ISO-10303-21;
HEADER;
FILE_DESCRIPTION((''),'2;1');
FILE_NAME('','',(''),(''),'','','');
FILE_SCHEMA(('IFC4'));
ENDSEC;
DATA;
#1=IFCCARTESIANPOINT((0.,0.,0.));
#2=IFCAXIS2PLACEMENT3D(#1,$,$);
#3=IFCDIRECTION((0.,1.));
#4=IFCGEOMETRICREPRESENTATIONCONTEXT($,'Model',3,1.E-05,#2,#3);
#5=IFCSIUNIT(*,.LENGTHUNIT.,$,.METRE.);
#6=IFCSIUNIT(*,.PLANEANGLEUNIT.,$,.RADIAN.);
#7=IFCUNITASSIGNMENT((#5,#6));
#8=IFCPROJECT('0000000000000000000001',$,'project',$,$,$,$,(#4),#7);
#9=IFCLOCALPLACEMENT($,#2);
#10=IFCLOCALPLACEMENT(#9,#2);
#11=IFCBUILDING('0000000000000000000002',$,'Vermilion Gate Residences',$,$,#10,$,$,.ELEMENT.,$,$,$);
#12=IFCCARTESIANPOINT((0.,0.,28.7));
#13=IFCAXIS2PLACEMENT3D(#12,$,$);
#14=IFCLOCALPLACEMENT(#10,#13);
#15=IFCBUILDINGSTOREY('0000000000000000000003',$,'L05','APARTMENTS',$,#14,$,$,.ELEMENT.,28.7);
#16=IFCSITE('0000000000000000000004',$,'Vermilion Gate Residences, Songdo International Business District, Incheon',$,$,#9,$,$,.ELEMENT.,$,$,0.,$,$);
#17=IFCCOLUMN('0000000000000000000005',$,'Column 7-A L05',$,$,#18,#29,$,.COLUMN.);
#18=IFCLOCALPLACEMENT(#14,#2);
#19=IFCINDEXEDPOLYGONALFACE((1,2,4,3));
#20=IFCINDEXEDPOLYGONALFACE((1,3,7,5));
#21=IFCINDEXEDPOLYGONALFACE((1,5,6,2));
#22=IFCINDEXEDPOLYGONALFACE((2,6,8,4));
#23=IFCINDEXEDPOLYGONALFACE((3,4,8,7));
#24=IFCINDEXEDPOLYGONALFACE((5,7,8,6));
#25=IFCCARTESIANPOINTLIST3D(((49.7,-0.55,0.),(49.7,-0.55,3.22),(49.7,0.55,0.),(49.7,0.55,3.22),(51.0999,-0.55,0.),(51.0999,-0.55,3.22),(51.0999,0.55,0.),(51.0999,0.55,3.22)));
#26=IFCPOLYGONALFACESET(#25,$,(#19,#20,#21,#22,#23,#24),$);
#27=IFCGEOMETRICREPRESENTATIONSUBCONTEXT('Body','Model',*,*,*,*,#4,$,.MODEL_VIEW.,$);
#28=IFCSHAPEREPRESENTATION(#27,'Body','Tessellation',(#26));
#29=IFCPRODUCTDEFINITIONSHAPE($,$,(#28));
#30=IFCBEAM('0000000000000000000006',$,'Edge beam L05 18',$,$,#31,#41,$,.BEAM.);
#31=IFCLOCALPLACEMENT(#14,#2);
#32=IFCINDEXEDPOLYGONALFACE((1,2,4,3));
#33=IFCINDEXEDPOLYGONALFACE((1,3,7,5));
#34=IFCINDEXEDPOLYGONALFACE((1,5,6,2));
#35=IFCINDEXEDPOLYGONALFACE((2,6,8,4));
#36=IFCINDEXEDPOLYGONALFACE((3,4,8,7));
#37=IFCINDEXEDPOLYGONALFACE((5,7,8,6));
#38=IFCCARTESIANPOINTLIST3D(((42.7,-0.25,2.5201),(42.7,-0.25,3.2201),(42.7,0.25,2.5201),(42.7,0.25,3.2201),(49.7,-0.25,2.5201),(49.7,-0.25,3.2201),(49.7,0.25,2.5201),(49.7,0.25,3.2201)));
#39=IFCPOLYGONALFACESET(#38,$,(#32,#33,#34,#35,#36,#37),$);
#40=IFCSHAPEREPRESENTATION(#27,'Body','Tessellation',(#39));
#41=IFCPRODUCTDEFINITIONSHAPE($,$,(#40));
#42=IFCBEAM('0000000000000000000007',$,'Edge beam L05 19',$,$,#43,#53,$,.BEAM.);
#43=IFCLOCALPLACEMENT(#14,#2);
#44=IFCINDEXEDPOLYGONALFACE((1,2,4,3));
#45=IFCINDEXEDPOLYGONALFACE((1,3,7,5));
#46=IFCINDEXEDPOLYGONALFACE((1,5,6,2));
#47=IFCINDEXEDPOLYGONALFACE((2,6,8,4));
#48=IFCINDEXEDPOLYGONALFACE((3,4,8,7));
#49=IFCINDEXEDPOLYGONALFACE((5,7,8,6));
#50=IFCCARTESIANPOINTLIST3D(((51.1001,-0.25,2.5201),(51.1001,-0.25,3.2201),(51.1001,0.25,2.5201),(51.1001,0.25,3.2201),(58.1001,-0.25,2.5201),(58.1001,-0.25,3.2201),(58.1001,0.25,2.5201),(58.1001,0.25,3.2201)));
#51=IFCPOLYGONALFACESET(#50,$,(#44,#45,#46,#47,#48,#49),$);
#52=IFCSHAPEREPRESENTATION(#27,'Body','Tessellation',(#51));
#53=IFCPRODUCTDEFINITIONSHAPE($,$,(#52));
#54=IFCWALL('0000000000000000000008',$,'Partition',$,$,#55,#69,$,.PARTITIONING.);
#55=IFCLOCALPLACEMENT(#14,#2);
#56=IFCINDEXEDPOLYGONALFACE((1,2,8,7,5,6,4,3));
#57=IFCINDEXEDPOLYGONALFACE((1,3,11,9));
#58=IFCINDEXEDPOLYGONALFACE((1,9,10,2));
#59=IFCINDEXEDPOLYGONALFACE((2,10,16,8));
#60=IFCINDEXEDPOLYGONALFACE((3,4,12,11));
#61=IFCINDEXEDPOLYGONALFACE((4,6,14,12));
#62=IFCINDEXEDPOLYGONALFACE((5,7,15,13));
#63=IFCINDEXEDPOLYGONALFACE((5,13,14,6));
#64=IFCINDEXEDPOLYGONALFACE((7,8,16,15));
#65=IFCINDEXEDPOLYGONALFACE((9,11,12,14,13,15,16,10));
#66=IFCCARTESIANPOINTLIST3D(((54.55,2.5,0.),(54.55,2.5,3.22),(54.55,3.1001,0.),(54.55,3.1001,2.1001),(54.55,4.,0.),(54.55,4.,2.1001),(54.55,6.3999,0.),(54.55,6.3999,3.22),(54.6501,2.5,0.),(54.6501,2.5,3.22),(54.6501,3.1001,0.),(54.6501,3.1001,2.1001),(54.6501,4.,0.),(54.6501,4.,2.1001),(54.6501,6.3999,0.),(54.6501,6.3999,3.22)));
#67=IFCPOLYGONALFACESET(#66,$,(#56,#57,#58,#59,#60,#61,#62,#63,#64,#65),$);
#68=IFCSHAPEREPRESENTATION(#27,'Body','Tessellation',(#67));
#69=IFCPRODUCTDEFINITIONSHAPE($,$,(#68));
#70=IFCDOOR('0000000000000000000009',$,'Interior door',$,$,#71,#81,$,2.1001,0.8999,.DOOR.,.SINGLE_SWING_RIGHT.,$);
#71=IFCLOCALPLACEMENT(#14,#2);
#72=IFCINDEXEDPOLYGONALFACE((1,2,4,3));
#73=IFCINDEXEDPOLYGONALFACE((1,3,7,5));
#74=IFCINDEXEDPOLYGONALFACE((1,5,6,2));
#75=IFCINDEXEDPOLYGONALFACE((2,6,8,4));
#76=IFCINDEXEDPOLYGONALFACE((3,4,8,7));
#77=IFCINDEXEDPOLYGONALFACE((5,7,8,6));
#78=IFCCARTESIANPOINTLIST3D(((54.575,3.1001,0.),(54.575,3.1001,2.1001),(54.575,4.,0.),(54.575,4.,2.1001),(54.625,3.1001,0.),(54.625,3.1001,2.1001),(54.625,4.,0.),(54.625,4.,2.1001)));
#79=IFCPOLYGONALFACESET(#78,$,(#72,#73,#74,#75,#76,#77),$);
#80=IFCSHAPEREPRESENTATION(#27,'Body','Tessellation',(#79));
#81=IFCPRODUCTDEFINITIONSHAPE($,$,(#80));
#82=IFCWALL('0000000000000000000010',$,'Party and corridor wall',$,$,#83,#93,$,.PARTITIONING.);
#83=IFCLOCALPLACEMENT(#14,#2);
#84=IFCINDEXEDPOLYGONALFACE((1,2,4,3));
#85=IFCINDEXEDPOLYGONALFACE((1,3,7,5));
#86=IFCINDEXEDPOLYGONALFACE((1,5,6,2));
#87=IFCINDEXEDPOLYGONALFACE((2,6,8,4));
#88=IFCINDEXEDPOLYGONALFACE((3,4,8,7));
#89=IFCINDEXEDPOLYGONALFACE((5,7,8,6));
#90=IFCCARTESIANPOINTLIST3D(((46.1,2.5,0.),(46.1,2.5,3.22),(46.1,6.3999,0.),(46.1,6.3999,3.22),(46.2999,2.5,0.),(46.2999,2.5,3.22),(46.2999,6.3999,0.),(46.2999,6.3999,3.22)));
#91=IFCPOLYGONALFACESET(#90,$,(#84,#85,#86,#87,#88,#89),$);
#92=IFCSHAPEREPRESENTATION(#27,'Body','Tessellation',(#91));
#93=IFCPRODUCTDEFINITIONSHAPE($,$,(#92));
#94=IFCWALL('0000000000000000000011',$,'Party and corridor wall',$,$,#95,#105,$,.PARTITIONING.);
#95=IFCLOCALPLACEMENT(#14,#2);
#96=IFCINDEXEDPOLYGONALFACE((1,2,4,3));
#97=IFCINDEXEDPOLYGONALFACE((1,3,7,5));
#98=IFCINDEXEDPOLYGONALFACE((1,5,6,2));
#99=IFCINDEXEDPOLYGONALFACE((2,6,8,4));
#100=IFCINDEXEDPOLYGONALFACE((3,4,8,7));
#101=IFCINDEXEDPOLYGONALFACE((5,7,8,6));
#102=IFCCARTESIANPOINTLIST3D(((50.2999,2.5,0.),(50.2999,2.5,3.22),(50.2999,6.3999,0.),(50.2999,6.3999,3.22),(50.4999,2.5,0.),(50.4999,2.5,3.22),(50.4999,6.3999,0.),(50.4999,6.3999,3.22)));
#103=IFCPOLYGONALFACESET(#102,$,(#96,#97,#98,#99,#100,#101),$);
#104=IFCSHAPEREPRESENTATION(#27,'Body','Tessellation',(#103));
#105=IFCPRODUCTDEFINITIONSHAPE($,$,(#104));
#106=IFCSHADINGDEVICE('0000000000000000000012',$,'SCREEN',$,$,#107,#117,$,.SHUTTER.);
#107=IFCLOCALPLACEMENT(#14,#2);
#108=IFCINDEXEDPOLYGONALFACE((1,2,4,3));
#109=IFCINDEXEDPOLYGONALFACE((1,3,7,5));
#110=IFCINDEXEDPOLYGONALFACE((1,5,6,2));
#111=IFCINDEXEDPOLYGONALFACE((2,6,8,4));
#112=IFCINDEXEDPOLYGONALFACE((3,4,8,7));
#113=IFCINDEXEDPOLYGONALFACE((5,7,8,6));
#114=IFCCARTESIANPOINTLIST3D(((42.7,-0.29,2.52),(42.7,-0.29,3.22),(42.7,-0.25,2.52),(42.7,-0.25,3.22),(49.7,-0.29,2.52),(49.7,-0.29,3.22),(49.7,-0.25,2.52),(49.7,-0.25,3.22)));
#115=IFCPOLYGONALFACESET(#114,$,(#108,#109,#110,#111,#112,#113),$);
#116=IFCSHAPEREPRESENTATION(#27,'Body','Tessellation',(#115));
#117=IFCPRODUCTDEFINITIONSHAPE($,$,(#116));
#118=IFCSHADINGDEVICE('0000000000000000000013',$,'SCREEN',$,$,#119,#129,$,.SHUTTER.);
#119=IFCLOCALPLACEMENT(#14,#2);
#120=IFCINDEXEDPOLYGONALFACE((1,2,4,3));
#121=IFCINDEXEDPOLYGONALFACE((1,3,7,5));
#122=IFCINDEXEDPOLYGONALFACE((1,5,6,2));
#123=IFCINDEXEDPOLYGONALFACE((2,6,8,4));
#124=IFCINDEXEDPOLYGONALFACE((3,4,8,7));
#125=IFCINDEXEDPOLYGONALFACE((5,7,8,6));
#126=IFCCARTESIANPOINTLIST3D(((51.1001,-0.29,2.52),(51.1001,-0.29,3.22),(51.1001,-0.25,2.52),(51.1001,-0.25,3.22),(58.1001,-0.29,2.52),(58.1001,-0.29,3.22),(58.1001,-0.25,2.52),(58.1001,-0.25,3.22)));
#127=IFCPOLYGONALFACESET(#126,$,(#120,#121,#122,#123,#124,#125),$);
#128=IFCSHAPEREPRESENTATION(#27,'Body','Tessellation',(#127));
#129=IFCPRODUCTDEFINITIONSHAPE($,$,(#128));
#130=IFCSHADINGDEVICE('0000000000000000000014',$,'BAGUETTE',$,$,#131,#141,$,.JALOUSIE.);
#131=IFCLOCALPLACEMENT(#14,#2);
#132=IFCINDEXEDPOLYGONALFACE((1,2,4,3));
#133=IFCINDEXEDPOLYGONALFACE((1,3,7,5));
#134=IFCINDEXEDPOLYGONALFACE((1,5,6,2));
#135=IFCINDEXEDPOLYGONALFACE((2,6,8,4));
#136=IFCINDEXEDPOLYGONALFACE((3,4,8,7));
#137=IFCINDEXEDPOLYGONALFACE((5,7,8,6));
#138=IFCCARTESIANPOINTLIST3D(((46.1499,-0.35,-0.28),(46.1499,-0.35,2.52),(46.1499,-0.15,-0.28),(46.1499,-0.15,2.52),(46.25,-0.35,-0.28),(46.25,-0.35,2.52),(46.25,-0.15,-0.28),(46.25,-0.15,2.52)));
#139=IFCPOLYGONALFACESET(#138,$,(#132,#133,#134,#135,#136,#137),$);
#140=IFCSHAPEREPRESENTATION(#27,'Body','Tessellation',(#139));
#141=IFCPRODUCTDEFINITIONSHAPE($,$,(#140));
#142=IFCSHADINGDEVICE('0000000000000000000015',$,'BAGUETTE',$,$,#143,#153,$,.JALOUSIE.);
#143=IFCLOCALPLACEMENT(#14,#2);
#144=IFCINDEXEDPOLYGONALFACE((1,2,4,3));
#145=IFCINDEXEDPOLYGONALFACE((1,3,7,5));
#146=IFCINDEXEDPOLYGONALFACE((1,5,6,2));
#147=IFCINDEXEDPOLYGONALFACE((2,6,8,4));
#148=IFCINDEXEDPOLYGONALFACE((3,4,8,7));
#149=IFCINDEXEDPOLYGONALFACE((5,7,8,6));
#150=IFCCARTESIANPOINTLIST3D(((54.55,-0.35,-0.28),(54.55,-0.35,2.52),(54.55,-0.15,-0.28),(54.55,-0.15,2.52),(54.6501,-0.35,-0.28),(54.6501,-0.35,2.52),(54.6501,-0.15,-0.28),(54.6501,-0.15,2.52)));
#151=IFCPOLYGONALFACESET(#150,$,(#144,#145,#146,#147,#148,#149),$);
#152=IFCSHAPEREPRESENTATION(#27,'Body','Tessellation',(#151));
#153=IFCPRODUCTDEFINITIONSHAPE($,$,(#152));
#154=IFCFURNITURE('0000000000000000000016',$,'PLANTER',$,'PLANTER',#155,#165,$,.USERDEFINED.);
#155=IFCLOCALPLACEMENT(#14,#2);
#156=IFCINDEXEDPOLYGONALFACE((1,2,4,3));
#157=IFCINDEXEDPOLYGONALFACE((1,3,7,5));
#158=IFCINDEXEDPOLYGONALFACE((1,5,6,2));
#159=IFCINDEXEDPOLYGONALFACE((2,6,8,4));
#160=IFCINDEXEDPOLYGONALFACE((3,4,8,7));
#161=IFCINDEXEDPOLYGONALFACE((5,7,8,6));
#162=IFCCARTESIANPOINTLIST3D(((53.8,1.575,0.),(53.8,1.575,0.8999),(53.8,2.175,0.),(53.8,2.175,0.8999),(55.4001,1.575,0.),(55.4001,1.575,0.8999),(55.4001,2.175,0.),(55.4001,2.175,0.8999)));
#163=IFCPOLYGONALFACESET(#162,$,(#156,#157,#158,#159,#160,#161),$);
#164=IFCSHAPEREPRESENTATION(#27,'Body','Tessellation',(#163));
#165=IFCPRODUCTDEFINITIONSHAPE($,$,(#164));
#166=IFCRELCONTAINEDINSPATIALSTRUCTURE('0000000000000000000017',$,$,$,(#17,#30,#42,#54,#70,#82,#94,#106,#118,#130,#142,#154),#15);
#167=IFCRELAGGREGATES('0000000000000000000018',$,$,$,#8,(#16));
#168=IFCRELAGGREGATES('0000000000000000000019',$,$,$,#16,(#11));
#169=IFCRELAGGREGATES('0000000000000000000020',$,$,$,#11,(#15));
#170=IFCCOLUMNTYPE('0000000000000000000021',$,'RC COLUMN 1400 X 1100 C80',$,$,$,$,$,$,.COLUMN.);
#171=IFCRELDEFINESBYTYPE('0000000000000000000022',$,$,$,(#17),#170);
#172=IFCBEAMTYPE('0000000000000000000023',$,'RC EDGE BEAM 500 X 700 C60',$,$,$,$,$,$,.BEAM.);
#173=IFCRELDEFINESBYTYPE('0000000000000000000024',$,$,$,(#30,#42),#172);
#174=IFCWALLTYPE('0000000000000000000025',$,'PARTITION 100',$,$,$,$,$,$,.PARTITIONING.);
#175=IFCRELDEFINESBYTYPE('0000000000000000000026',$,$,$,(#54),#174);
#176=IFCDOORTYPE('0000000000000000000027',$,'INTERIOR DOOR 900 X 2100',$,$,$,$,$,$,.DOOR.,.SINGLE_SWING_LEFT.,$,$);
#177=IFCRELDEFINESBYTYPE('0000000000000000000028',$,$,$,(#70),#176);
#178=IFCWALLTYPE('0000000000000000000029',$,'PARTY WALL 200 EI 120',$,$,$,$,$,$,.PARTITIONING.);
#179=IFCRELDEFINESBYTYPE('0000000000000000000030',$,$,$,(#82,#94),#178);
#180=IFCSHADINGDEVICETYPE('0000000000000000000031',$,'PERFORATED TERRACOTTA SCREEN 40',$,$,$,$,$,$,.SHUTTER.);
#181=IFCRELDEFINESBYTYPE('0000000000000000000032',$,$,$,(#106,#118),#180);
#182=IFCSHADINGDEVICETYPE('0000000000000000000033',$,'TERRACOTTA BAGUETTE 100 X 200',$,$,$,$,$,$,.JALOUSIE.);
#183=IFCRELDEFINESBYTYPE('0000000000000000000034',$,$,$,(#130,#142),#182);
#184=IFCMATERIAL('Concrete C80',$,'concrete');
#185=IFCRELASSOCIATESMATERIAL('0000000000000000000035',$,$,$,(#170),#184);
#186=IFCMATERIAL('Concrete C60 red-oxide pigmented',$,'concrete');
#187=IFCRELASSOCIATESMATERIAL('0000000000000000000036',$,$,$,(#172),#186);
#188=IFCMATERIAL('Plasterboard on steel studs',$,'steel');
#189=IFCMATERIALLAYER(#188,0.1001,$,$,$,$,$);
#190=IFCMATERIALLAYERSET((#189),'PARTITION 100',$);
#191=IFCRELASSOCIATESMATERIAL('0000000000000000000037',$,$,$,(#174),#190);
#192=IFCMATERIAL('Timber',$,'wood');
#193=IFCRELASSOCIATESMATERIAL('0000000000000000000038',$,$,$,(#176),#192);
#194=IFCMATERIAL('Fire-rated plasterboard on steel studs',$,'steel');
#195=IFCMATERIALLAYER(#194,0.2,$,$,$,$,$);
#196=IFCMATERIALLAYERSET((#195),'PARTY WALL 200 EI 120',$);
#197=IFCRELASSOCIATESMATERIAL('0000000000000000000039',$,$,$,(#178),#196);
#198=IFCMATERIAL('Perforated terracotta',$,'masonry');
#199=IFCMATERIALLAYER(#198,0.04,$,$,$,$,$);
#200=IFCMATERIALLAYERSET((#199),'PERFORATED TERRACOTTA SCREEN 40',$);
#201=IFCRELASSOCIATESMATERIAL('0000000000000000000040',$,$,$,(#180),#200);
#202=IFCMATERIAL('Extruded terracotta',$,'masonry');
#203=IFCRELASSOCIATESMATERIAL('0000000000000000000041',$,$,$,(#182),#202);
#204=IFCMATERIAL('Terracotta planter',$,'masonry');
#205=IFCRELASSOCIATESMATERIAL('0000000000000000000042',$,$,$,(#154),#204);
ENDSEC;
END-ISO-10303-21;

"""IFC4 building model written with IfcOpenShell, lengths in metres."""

from ifc_helpers import new_model, si_unit, direction, frame, frame_2d, origin, origin_2d, place, context, subcontext, project, spatial, rectangle, extrude, material, layer, layer_set, material_profile, profile_set, type_object, element, fill, save


model = new_model("IFC4")

# Units and contexts
model_context = context("Model", 3, precision=1e-05, world=origin(), true_north=direction((0.0, 1.0)))
body_context = subcontext(model_context, "Body", "Model", "MODEL_VIEW")
ifc_project = project(units=[si_unit("LENGTHUNIT", "METRE"), si_unit("PLANEANGLEUNIT", "RADIAN")], contexts=[model_context])

# Site, building, storey
site_placement = place(None, origin())
site = spatial("IfcSite", under=ifc_project, at=site_placement, Name="Vermilion Gate Residences, Songdo International Business District, Incheon", CompositionType="ELEMENT", RefElevation=0.0)
building_placement = place(site_placement, origin())
building = spatial("IfcBuilding", under=site, at=building_placement, Name="Vermilion Gate Residences", CompositionType="ELEMENT")
storey_placement = place(building_placement, frame((0.0, 0.0, 28.7)))
storey = spatial("IfcBuildingStorey", under=building, at=storey_placement, Name="L05", Description="APARTMENTS", CompositionType="ELEMENT", Elevation=28.7)

# Column
ifc_material_1 = material(Name="Concrete C80", Category="concrete")
ifc_material_profile_1 = material_profile(ifc_material_1, rectangle(XDim=1.3999, YDim=1.1001, at=origin_2d()), Name="RC-1400x1100")
ifc_profile_set_1 = profile_set([ifc_material_profile_1], Name="Concrete C80")
column_type = type_object("IfcColumnType", Name="RC COLUMN 1400 X 1100 C80", PredefinedType="COLUMN", material=ifc_profile_set_1)
column_placement = place(storey_placement, frame((50.3999, 0.0, 0.0), z_axis=(0.0, 0.0, 1.0), x_axis=(1.0, 0.0, 0.0)))
element("IfcColumn", 1, at=column_placement, inside=storey, type_object=column_type, Name="Column 7-A L05", PredefinedType="COLUMN", context=body_context, shape_type="SweptSolid", body=[
    extrude(rectangle(XDim=1.3999, YDim=1.1001, at=origin_2d()), origin(), (0.0, 0.0, 1.0), 3.22),
])

# Beams
ifc_material_2 = material(Name="Concrete C60 red-oxide pigmented", Category="concrete")
ifc_material_profile_2 = material_profile(ifc_material_2, rectangle(XDim=0.5, YDim=0.7, at=origin_2d()), Name="RC-500x700")
ifc_profile_set_2 = profile_set([ifc_material_profile_2], Name="Concrete C60 red-oxide pigmented")
beam_type = type_object("IfcBeamType", Name="RC EDGE BEAM 500 X 700 C60", PredefinedType="BEAM", material=ifc_profile_set_2)
for number, where, z_axis, x_axis, name in (
    (2, (42.7, 0.0, 2.8701), (1.0, 0.0, 0.0), (0.0, 1.0, 0.0), "Edge beam L05 18"),
    (3, (51.1001, 0.0, 2.8701), (1.0, 0.0, 0.0), (0.0, 1.0, 0.0), "Edge beam L05 19"),
):
    element("IfcBeam", number, at=place(storey_placement, frame(where, z_axis=z_axis, x_axis=x_axis)), inside=storey, type_object=beam_type, Name=name, PredefinedType="BEAM", context=body_context, shape_type="SweptSolid", body=[
        extrude(rectangle(XDim=0.5, YDim=0.7, at=origin_2d()), origin(), (0.0, 0.0, 1.0), 7.0),
    ])

# Wall, opening, door
ifc_material_3 = material(Name="Plasterboard on steel studs", Category="steel")
ifc_layer_1 = layer(ifc_material_3, 0.1001)
ifc_layer_set_1 = layer_set([ifc_layer_1], Name="PARTITION 100")
wall_type_1 = type_object("IfcWallType", Name="PARTITION 100", PredefinedType="PARTITIONING", material=ifc_layer_set_1)
wall_placement = place(storey_placement, frame((54.6001, 2.5, 0.0), z_axis=(0.0, 0.0, 1.0), x_axis=(0.0, 1.0, 0.0)))
wall = element("IfcWall", 4, at=wall_placement, inside=storey, type_object=wall_type_1, Name="Partition", PredefinedType="PARTITIONING", context=body_context, shape_type="SweptSolid", body=[
    extrude(rectangle(XDim=3.8999, YDim=0.1001, at=frame_2d((1.95, 0.0))), origin(), (0.0, 0.0, 1.0), 3.22),
])
opening_placement = place(wall_placement, frame((0.6001, 0.0, 0.0)))
opening = element("IfcOpeningElement", 5, at=opening_placement, cuts=wall, PredefinedType="OPENING", context=body_context, shape_type="SweptSolid", body=[
    extrude(rectangle(XDim=0.8999, YDim=2.1001, at=frame_2d((0.45, 1.05))), frame((0.0, 0.0601, 0.0), z_axis=(0.0, -1.0, 0.0), x_axis=(1.0, 0.0, 0.0)), (0.0, 0.0, 1.0), 0.1201),
])
ifc_material_4 = material(Name="Timber", Category="wood")
door_type = type_object("IfcDoorType", Name="INTERIOR DOOR 900 X 2100", OperationType="SINGLE_SWING_LEFT", PredefinedType="DOOR", material=ifc_material_4)
door_placement = place(opening_placement, frame((0.8999, 0.0, 0.0), z_axis=(0.0, 0.0, 1.0), x_axis=(-1.0, 0.0, 0.0)))
door = element("IfcDoor", 6, at=door_placement, inside=storey, type_object=door_type, Name="Interior door", OperationType="SINGLE_SWING_RIGHT", OverallHeight=2.1001, OverallWidth=0.8999, PredefinedType="DOOR", context=body_context, shape_type="SweptSolid", body=[
    extrude(rectangle(XDim=0.8999, YDim=2.1001, at=frame_2d((0.45, 1.05))), frame((0.0, 0.0249, 0.0), z_axis=(0.0, -1.0, 0.0), x_axis=(1.0, 0.0, 0.0)), (0.0, 0.0, 1.0), 0.05),
])
fill(opening, door)

# Walls
ifc_material_5 = material(Name="Fire-rated plasterboard on steel studs", Category="steel")
ifc_layer_2 = layer(ifc_material_5, 0.2)
ifc_layer_set_2 = layer_set([ifc_layer_2], Name="PARTY WALL 200 EI 120")
wall_type_2 = type_object("IfcWallType", Name="PARTY WALL 200 EI 120", PredefinedType="PARTITIONING", material=ifc_layer_set_2)
for number, where, z_axis, x_axis, name in (
    (7, (46.2, 2.5, 0.0), (0.0, 0.0, 1.0), (0.0, 1.0, 0.0), "Party and corridor wall"),
    (8, (50.3999, 2.5, 0.0), (0.0, 0.0, 1.0), (0.0, 1.0, 0.0), "Party and corridor wall"),
):
    element("IfcWall", number, at=place(storey_placement, frame(where, z_axis=z_axis, x_axis=x_axis)), inside=storey, type_object=wall_type_2, Name=name, PredefinedType="PARTITIONING", context=body_context, shape_type="SweptSolid", body=[
        extrude(rectangle(XDim=3.8999, YDim=0.2, at=frame_2d((1.95, 0.0))), origin(), (0.0, 0.0, 1.0), 3.22),
    ])

# Shading devices
ifc_material_6 = material(Name="Perforated terracotta", Category="masonry")
ifc_layer_3 = layer(ifc_material_6, 0.04)
ifc_layer_set_3 = layer_set([ifc_layer_3], Name="PERFORATED TERRACOTTA SCREEN 40")
shading_device_type_1 = type_object("IfcShadingDeviceType", Name="PERFORATED TERRACOTTA SCREEN 40", PredefinedType="SHUTTER", material=ifc_layer_set_3)
for number, where, z_axis, x_axis, name in (
    (9, (46.2, -0.27, 2.52), (0.0, 0.0, 1.0), (1.0, 0.0, 0.0), "SCREEN"),
    (10, (54.6001, -0.27, 2.52), (0.0, 0.0, 1.0), (1.0, 0.0, 0.0), "SCREEN"),
):
    element("IfcShadingDevice", number, at=place(storey_placement, frame(where, z_axis=z_axis, x_axis=x_axis)), inside=storey, type_object=shading_device_type_1, Name=name, PredefinedType="SHUTTER", context=body_context, shape_type="SweptSolid", body=[
        extrude(rectangle(XDim=7.0, YDim=0.04, at=origin_2d()), origin(), (0.0, 0.0, 1.0), 0.7),
    ])
ifc_material_7 = material(Name="Extruded terracotta", Category="masonry")
ifc_material_profile_3 = material_profile(ifc_material_7, rectangle(XDim=0.2, YDim=0.1001, at=origin_2d()), Name="BAGUETTE 100 X 200")
ifc_profile_set_3 = profile_set([ifc_material_profile_3], Name="Extruded terracotta")
shading_device_type_2 = type_object("IfcShadingDeviceType", Name="TERRACOTTA BAGUETTE 100 X 200", PredefinedType="JALOUSIE", material=ifc_profile_set_3)
for number, where, z_axis, x_axis, name in (
    (11, (46.2, -0.25, -0.28), (0.0, 0.0, 1.0), (0.0, 1.0, 0.0), "BAGUETTE"),
    (12, (54.6001, -0.25, -0.28), (0.0, 0.0, 1.0), (0.0, 1.0, 0.0), "BAGUETTE"),
):
    element("IfcShadingDevice", number, at=place(storey_placement, frame(where, z_axis=z_axis, x_axis=x_axis)), inside=storey, type_object=shading_device_type_2, Name=name, PredefinedType="JALOUSIE", context=body_context, shape_type="SweptSolid", body=[
        extrude(rectangle(XDim=0.2, YDim=0.1001, at=origin_2d()), origin(), (0.0, 0.0, 1.0), 2.8),
    ])

# Furniture
ifc_material_8 = material(Name="Terracotta planter", Category="masonry")
furniture_placement = place(storey_placement, frame((54.6001, 1.875, 0.0), z_axis=(0.0, 0.0, 1.0), x_axis=(1.0, 0.0, 0.0)))
element("IfcFurniture", 13, at=furniture_placement, inside=storey, material=ifc_material_8, Name="PLANTER", ObjectType="PLANTER", PredefinedType="USERDEFINED", context=body_context, shape_type="SweptSolid", body=[
    extrude(rectangle(XDim=1.6001, YDim=0.6001, at=origin_2d()), origin(), (0.0, 0.0, 1.0), 0.8999),
])

save(model, "model.ifc")
